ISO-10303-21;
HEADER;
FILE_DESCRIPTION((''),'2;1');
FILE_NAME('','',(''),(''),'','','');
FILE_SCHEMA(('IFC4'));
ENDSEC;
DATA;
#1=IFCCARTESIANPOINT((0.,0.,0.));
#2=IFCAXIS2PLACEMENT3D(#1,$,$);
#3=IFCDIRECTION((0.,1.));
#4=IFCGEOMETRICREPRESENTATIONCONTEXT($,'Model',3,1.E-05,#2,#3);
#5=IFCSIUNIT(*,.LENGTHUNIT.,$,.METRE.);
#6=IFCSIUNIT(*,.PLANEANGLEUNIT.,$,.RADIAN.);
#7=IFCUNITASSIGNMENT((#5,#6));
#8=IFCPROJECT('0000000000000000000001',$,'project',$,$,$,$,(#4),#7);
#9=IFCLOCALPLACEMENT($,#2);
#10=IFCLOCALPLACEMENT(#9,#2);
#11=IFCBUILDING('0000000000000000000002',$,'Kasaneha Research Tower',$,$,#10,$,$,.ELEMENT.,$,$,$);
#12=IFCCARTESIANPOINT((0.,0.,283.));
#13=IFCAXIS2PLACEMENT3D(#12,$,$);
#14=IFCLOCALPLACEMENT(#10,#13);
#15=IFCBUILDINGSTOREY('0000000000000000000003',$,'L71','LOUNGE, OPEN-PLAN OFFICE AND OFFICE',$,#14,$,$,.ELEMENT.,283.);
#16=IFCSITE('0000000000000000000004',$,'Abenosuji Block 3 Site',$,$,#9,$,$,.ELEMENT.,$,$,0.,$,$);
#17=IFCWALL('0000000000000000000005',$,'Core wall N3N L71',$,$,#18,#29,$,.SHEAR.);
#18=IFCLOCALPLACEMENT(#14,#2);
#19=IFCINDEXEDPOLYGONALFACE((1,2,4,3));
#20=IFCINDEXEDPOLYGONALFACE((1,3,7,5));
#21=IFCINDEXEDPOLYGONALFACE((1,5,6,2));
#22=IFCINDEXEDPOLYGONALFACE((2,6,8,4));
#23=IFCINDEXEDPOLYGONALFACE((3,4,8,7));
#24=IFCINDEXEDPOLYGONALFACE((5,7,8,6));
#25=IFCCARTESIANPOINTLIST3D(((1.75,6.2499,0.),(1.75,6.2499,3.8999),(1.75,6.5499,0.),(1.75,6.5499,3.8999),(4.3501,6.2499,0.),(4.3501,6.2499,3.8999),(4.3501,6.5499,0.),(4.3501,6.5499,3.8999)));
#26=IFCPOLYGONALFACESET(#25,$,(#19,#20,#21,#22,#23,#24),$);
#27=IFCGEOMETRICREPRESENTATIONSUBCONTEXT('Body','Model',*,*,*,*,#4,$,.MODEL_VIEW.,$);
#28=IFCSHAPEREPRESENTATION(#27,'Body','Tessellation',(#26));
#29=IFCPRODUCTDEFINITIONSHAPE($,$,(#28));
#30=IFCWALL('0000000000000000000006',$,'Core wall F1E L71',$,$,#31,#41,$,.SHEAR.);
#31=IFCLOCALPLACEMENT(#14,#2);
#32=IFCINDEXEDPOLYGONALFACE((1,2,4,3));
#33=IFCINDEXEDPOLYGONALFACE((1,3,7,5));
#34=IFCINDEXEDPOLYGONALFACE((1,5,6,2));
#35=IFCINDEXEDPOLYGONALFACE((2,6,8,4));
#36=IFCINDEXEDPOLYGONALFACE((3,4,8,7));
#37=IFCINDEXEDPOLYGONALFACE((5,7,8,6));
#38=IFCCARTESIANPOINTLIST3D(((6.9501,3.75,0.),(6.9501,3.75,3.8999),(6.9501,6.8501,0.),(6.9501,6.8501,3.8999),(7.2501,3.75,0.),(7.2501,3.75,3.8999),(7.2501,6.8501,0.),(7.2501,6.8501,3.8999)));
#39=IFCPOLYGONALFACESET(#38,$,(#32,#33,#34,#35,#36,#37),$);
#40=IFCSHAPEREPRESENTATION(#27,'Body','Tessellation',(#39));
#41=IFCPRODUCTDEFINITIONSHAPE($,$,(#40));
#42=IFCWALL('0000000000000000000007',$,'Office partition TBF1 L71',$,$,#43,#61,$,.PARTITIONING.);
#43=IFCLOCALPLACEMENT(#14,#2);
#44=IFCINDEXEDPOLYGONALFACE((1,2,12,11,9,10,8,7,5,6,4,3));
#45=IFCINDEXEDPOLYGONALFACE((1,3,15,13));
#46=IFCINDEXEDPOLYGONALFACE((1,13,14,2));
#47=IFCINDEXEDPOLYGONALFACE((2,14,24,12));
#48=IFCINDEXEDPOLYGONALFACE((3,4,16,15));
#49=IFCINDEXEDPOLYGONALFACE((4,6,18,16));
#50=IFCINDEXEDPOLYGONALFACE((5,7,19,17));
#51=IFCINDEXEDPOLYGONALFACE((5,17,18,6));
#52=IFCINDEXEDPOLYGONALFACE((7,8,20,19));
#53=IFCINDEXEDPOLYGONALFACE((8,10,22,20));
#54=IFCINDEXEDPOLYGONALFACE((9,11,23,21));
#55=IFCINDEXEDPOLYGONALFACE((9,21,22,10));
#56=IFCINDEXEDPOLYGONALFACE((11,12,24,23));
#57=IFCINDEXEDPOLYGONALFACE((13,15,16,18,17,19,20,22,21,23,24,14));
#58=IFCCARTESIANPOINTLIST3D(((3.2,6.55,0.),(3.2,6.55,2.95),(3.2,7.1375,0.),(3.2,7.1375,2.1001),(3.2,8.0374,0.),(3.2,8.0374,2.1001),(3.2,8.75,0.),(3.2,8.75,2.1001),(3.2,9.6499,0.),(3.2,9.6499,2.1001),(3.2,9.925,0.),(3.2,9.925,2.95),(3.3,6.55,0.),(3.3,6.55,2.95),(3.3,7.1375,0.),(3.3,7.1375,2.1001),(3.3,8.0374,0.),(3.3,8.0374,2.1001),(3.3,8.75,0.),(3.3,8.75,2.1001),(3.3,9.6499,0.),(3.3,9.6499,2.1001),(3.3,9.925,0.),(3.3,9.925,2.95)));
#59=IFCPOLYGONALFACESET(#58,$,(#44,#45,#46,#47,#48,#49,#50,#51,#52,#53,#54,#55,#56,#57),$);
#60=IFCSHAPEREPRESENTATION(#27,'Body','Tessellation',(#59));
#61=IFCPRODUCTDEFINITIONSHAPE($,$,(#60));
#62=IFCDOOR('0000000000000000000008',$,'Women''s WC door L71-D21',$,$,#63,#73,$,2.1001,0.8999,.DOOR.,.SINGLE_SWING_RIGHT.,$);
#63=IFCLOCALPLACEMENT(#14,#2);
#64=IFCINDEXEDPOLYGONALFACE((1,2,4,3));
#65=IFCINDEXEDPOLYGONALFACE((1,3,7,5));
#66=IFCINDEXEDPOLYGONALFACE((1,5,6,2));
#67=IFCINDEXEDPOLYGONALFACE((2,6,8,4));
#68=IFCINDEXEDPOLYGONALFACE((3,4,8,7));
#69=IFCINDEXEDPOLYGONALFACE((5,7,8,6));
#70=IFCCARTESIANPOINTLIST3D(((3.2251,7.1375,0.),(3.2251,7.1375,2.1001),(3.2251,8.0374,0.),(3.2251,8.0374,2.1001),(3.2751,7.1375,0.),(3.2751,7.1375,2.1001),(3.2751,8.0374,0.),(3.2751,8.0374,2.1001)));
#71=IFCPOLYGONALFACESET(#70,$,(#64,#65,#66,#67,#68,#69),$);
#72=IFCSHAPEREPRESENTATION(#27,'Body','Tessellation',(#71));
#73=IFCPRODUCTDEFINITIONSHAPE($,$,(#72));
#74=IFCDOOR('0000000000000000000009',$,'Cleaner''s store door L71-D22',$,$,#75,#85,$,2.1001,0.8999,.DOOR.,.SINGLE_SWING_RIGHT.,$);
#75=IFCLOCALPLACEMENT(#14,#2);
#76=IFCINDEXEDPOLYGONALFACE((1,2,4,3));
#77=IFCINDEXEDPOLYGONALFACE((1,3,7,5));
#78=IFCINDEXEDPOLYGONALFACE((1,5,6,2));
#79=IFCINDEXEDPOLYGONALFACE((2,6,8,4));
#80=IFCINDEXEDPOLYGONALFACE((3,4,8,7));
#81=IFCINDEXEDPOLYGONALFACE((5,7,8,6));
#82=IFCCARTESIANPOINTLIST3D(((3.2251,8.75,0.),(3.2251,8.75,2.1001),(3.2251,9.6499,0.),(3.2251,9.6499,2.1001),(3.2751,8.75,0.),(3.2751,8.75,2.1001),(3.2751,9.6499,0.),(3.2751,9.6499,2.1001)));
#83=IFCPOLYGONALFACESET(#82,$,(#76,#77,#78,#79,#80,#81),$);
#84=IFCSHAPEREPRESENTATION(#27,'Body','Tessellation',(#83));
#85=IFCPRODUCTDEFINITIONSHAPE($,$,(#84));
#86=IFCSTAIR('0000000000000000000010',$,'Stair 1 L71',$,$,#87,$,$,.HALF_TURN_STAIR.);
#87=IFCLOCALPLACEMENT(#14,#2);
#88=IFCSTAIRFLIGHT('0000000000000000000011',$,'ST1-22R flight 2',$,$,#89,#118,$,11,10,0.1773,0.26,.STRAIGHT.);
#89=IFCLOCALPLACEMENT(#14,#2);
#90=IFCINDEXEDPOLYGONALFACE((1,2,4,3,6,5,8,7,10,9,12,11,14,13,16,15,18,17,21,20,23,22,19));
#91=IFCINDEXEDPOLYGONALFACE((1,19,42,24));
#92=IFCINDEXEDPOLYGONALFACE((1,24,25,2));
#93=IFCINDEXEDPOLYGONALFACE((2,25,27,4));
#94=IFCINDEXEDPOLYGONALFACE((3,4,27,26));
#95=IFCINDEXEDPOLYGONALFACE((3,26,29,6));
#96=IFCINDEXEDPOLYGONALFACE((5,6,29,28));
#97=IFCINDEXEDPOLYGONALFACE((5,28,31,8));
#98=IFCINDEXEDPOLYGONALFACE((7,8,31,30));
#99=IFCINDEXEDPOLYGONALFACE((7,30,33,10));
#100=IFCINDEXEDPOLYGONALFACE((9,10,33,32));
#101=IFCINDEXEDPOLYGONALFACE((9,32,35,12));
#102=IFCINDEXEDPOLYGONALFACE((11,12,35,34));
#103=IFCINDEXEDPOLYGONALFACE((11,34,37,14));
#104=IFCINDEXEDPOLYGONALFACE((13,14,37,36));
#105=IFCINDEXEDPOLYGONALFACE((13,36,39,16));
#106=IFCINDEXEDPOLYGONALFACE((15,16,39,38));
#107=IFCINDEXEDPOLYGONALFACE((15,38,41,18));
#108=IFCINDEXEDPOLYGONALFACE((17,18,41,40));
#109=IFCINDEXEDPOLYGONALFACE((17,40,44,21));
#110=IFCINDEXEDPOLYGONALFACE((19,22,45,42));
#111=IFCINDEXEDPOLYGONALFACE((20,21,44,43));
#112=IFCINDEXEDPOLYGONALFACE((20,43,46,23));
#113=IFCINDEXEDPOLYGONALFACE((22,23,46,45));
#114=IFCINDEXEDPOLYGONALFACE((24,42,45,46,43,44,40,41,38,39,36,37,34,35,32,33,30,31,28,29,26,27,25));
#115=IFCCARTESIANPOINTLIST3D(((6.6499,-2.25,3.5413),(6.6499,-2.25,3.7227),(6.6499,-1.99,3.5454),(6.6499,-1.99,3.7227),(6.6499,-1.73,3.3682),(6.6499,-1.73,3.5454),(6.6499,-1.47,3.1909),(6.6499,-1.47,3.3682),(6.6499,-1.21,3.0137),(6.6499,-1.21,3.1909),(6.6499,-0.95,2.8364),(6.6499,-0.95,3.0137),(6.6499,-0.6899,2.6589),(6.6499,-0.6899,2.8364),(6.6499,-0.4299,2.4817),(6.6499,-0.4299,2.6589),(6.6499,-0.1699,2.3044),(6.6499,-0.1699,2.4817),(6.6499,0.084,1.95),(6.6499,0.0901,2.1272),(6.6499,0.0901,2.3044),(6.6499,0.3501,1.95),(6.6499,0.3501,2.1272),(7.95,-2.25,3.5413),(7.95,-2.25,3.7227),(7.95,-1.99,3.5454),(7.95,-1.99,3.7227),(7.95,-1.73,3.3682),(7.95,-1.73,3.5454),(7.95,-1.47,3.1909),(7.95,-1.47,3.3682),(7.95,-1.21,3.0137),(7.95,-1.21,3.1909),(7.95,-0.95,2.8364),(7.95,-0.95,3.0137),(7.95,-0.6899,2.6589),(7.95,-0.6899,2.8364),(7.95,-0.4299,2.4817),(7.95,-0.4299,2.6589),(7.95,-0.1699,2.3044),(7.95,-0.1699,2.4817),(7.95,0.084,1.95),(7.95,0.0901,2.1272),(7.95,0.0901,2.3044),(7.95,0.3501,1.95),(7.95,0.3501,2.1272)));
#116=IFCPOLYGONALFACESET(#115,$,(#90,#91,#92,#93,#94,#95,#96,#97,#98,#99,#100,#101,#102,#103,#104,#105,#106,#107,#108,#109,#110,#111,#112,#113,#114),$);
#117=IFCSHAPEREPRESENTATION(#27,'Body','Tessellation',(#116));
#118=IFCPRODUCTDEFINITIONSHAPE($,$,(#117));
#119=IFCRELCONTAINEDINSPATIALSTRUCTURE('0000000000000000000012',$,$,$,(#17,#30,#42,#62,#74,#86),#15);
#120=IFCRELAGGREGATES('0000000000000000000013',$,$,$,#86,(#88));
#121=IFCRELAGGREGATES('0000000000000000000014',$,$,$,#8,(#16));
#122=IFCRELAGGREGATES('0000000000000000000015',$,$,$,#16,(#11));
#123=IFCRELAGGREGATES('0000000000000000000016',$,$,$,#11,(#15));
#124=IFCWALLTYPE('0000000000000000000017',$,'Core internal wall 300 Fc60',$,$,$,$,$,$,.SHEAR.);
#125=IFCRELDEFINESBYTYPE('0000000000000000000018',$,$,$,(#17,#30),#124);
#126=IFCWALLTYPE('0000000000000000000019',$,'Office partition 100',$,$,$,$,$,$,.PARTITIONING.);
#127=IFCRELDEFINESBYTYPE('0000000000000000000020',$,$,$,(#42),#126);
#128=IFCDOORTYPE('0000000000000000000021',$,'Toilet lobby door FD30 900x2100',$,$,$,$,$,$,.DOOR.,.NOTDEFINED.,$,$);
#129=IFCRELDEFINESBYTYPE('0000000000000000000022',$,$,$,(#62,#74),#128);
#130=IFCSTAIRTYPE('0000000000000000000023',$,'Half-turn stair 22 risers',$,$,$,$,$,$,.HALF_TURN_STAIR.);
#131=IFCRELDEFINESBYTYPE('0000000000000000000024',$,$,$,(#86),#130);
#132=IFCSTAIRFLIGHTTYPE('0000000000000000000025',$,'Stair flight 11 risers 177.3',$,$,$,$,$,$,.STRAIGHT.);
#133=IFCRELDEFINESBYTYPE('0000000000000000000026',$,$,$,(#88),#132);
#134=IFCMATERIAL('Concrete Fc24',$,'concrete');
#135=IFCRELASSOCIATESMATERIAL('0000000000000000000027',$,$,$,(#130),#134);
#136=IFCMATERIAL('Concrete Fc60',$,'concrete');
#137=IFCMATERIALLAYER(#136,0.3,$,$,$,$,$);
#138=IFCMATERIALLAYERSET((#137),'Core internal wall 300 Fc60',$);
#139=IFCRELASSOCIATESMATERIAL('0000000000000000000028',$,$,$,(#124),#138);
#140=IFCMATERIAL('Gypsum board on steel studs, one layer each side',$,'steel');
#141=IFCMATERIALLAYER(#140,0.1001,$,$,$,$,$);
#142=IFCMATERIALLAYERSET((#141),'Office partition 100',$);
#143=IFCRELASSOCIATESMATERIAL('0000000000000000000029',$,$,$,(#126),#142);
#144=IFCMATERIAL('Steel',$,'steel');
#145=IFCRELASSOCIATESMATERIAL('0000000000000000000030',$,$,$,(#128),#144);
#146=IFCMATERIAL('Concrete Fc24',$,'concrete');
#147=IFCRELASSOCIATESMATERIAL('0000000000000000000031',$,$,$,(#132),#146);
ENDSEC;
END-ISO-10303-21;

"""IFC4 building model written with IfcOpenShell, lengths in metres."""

from ifc_helpers import new_model, si_unit, direction, frame, frame_2d, origin, place, context, subcontext, project, spatial, polyline, rectangle, outline, extrude, material, layer, layer_set, type_object, element, fill, aggregate, save


model = new_model("IFC4")

# Units and contexts
model_context = context("Model", 3, precision=1e-05, world=origin(), true_north=direction((0.0, 1.0)))
body_context = subcontext(model_context, "Body", "Model", "MODEL_VIEW")
ifc_project = project(units=[si_unit("LENGTHUNIT", "METRE"), si_unit("PLANEANGLEUNIT", "RADIAN")], contexts=[model_context])

# Site, building, storey
site_placement = place(None, origin())
site = spatial("IfcSite", under=ifc_project, at=site_placement, Name="Abenosuji Block 3 Site", CompositionType="ELEMENT", RefElevation=0.0)
building_placement = place(site_placement, origin())
building = spatial("IfcBuilding", under=site, at=building_placement, Name="Kasaneha Research Tower", CompositionType="ELEMENT")
storey_placement = place(building_placement, frame((0.0, 0.0, 283.0)))
storey = spatial("IfcBuildingStorey", under=building, at=storey_placement, Name="L71", Description="LOUNGE, OPEN-PLAN OFFICE AND OFFICE", CompositionType="ELEMENT", Elevation=283.0)

# Shared definitions
ifc_material_1 = material(Name="Concrete Fc24", Category="concrete")
stair_type = type_object("IfcStairType", Name="Half-turn stair 22 risers", PredefinedType="HALF_TURN_STAIR", material=ifc_material_1)

# Shared definitions
ifc_material_2 = material(Name="Concrete Fc60", Category="concrete")
ifc_layer_1 = layer(ifc_material_2, 0.3)
ifc_layer_set_1 = layer_set([ifc_layer_1], Name="Core internal wall 300 Fc60")
wall_type_1 = type_object("IfcWallType", Name="Core internal wall 300 Fc60", PredefinedType="SHEAR", material=ifc_layer_set_1)

# Walls
wall_1_placement = place(storey_placement, frame((1.75, 6.3999, 0.0), z_axis=(0.0, 0.0, 1.0), x_axis=(1.0, 0.0, 0.0)))
element("IfcWall", 1, at=wall_1_placement, inside=storey, type_object=wall_type_1, Name="Core wall N3N L71", PredefinedType="SHEAR", context=body_context, shape_type="SweptSolid", body=[
    extrude(rectangle(XDim=2.6001, YDim=0.3, at=frame_2d((1.3, 0.0))), origin(), (0.0, 0.0, 1.0), 3.8999),
])
wall_2_placement = place(storey_placement, frame((7.1001, 3.75, 0.0), z_axis=(0.0, 0.0, 1.0), x_axis=(0.0, 1.0, 0.0)))
element("IfcWall", 2, at=wall_2_placement, inside=storey, type_object=wall_type_1, Name="Core wall F1E L71", PredefinedType="SHEAR", context=body_context, shape_type="SweptSolid", body=[
    extrude(rectangle(XDim=3.1001, YDim=0.3, at=frame_2d((1.55, 0.0))), origin(), (0.0, 0.0, 1.0), 3.8999),
])

# Wall, openings, doors
ifc_material_3 = material(Name="Gypsum board on steel studs, one layer each side", Category="steel")
ifc_layer_2 = layer(ifc_material_3, 0.1001)
ifc_layer_set_2 = layer_set([ifc_layer_2], Name="Office partition 100")
wall_type_2 = type_object("IfcWallType", Name="Office partition 100", PredefinedType="PARTITIONING", material=ifc_layer_set_2)
wall_3_placement = place(storey_placement, frame((3.25, 6.55, 0.0), z_axis=(0.0, 0.0, 1.0), x_axis=(0.0, 1.0, 0.0)))
wall_3 = element("IfcWall", 3, at=wall_3_placement, inside=storey, type_object=wall_type_2, Name="Office partition TBF1 L71", PredefinedType="PARTITIONING", context=body_context, shape_type="SweptSolid", body=[
    extrude(rectangle(XDim=3.375, YDim=0.1001, at=frame_2d((1.6875, 0.0))), origin(), (0.0, 0.0, 1.0), 2.95),
])
opening_1_placement = place(wall_3_placement, frame((0.5874, 0.0, 0.0)))
opening_1 = element("IfcOpeningElement", 4, at=opening_1_placement, cuts=wall_3, PredefinedType="OPENING", context=body_context, shape_type="SweptSolid", body=[
    extrude(rectangle(XDim=0.8999, YDim=2.1001, at=frame_2d((0.45, 1.05))), frame((0.0, 0.0601, 0.0), z_axis=(0.0, -1.0, 0.0), x_axis=(1.0, 0.0, 0.0)), (0.0, 0.0, 1.0), 0.1201),
])
opening_2_placement = place(wall_3_placement, frame((2.2, 0.0, 0.0)))
opening_2 = element("IfcOpeningElement", 5, at=opening_2_placement, cuts=wall_3, PredefinedType="OPENING", context=body_context, shape_type="SweptSolid", body=[
    extrude(rectangle(XDim=0.8999, YDim=2.1001, at=frame_2d((0.45, 1.05))), frame((0.0, 0.0601, 0.0), z_axis=(0.0, -1.0, 0.0), x_axis=(1.0, 0.0, 0.0)), (0.0, 0.0, 1.0), 0.1201),
])
ifc_material_4 = material(Name="Steel", Category="steel")
door_type_1 = type_object("IfcDoorType", Name="Toilet lobby door FD30 900x2100", OperationType="NOTDEFINED", PredefinedType="DOOR", material=ifc_material_4)
door_1_placement = place(opening_1_placement, origin())
door_1 = element("IfcDoor", 6, at=door_1_placement, inside=storey, type_object=door_type_1, Name="Women's WC door L71-D21", OperationType="SINGLE_SWING_RIGHT", OverallHeight=2.1001, OverallWidth=0.8999, PredefinedType="DOOR", context=body_context, shape_type="SweptSolid", body=[
    extrude(rectangle(XDim=0.8999, YDim=2.1001, at=frame_2d((0.45, 1.05))), frame((0.0, 0.0249, 0.0), z_axis=(0.0, -1.0, 0.0), x_axis=(1.0, 0.0, 0.0)), (0.0, 0.0, 1.0), 0.05),
])
fill(opening_1, door_1)
door_2_placement = place(opening_2_placement, origin())
door_2 = element("IfcDoor", 7, at=door_2_placement, inside=storey, type_object=door_type_1, Name="Cleaner's store door L71-D22", OperationType="SINGLE_SWING_RIGHT", OverallHeight=2.1001, OverallWidth=0.8999, PredefinedType="DOOR", context=body_context, shape_type="SweptSolid", body=[
    extrude(rectangle(XDim=0.8999, YDim=2.1001, at=frame_2d((0.45, 1.05))), frame((0.0, 0.0249, 0.0), z_axis=(0.0, -1.0, 0.0), x_axis=(1.0, 0.0, 0.0)), (0.0, 0.0, 1.0), 0.05),
])
fill(opening_2, door_2)

# Stair, stair flight
stair_1_placement = place(storey_placement, origin())
stair_1 = element("IfcStair", 8, at=stair_1_placement, inside=storey, type_object=stair_type, Name="Stair 1 L71", PredefinedType="HALF_TURN_STAIR")
ifc_material_5 = material(Name="Concrete Fc24", Category="concrete")
stair_flight_type = type_object("IfcStairFlightType", Name="Stair flight 11 risers 177.3", PredefinedType="STRAIGHT", material=ifc_material_5)
stair_flight_placement = place(storey_placement, frame((7.3, 0.3501, 1.95), z_axis=(0.0, 0.0, 1.0), x_axis=(0.0, -1.0, 0.0)))
stair_flight = element("IfcStairFlight", 9, at=stair_flight_placement, type_object=stair_flight_type, Name="ST1-22R flight 2", NumberOfRisers=11, NumberOfTreads=10, PredefinedType="STRAIGHT", RiserHeight=0.1773, TreadLength=0.26, context=body_context, shape_type="SweptSolid", body=[
    extrude(outline(polyline([(0.0, 0.0), (0.0, 0.1772), (0.26, 0.1772), (0.26, 0.3545), (0.52, 0.3545), (0.52, 0.5317), (0.78, 0.5317), (0.78, 0.709), (1.04, 0.709), (1.04, 0.8865), (1.3, 0.8865), (1.3, 1.0637), (1.5601, 1.0637), (1.5601, 1.241), (1.8201, 1.241), (1.8201, 1.4182), (2.0801, 1.4182), (2.0801, 1.5955), (2.3401, 1.5955), (2.3401, 1.7727), (2.6001, 1.7727), (2.6001, 1.95), (2.6001, 1.5913), (0.2661, 0.0), (0.0, 0.0)])), frame((0.0, 0.6499, 0.0), z_axis=(0.0, -1.0, 0.0), x_axis=(1.0, 0.0, 0.0)), (0.0, 0.0, 1.0), 1.3),
])
aggregate(stair_1, [stair_flight])

save(model, "model.ifc")
